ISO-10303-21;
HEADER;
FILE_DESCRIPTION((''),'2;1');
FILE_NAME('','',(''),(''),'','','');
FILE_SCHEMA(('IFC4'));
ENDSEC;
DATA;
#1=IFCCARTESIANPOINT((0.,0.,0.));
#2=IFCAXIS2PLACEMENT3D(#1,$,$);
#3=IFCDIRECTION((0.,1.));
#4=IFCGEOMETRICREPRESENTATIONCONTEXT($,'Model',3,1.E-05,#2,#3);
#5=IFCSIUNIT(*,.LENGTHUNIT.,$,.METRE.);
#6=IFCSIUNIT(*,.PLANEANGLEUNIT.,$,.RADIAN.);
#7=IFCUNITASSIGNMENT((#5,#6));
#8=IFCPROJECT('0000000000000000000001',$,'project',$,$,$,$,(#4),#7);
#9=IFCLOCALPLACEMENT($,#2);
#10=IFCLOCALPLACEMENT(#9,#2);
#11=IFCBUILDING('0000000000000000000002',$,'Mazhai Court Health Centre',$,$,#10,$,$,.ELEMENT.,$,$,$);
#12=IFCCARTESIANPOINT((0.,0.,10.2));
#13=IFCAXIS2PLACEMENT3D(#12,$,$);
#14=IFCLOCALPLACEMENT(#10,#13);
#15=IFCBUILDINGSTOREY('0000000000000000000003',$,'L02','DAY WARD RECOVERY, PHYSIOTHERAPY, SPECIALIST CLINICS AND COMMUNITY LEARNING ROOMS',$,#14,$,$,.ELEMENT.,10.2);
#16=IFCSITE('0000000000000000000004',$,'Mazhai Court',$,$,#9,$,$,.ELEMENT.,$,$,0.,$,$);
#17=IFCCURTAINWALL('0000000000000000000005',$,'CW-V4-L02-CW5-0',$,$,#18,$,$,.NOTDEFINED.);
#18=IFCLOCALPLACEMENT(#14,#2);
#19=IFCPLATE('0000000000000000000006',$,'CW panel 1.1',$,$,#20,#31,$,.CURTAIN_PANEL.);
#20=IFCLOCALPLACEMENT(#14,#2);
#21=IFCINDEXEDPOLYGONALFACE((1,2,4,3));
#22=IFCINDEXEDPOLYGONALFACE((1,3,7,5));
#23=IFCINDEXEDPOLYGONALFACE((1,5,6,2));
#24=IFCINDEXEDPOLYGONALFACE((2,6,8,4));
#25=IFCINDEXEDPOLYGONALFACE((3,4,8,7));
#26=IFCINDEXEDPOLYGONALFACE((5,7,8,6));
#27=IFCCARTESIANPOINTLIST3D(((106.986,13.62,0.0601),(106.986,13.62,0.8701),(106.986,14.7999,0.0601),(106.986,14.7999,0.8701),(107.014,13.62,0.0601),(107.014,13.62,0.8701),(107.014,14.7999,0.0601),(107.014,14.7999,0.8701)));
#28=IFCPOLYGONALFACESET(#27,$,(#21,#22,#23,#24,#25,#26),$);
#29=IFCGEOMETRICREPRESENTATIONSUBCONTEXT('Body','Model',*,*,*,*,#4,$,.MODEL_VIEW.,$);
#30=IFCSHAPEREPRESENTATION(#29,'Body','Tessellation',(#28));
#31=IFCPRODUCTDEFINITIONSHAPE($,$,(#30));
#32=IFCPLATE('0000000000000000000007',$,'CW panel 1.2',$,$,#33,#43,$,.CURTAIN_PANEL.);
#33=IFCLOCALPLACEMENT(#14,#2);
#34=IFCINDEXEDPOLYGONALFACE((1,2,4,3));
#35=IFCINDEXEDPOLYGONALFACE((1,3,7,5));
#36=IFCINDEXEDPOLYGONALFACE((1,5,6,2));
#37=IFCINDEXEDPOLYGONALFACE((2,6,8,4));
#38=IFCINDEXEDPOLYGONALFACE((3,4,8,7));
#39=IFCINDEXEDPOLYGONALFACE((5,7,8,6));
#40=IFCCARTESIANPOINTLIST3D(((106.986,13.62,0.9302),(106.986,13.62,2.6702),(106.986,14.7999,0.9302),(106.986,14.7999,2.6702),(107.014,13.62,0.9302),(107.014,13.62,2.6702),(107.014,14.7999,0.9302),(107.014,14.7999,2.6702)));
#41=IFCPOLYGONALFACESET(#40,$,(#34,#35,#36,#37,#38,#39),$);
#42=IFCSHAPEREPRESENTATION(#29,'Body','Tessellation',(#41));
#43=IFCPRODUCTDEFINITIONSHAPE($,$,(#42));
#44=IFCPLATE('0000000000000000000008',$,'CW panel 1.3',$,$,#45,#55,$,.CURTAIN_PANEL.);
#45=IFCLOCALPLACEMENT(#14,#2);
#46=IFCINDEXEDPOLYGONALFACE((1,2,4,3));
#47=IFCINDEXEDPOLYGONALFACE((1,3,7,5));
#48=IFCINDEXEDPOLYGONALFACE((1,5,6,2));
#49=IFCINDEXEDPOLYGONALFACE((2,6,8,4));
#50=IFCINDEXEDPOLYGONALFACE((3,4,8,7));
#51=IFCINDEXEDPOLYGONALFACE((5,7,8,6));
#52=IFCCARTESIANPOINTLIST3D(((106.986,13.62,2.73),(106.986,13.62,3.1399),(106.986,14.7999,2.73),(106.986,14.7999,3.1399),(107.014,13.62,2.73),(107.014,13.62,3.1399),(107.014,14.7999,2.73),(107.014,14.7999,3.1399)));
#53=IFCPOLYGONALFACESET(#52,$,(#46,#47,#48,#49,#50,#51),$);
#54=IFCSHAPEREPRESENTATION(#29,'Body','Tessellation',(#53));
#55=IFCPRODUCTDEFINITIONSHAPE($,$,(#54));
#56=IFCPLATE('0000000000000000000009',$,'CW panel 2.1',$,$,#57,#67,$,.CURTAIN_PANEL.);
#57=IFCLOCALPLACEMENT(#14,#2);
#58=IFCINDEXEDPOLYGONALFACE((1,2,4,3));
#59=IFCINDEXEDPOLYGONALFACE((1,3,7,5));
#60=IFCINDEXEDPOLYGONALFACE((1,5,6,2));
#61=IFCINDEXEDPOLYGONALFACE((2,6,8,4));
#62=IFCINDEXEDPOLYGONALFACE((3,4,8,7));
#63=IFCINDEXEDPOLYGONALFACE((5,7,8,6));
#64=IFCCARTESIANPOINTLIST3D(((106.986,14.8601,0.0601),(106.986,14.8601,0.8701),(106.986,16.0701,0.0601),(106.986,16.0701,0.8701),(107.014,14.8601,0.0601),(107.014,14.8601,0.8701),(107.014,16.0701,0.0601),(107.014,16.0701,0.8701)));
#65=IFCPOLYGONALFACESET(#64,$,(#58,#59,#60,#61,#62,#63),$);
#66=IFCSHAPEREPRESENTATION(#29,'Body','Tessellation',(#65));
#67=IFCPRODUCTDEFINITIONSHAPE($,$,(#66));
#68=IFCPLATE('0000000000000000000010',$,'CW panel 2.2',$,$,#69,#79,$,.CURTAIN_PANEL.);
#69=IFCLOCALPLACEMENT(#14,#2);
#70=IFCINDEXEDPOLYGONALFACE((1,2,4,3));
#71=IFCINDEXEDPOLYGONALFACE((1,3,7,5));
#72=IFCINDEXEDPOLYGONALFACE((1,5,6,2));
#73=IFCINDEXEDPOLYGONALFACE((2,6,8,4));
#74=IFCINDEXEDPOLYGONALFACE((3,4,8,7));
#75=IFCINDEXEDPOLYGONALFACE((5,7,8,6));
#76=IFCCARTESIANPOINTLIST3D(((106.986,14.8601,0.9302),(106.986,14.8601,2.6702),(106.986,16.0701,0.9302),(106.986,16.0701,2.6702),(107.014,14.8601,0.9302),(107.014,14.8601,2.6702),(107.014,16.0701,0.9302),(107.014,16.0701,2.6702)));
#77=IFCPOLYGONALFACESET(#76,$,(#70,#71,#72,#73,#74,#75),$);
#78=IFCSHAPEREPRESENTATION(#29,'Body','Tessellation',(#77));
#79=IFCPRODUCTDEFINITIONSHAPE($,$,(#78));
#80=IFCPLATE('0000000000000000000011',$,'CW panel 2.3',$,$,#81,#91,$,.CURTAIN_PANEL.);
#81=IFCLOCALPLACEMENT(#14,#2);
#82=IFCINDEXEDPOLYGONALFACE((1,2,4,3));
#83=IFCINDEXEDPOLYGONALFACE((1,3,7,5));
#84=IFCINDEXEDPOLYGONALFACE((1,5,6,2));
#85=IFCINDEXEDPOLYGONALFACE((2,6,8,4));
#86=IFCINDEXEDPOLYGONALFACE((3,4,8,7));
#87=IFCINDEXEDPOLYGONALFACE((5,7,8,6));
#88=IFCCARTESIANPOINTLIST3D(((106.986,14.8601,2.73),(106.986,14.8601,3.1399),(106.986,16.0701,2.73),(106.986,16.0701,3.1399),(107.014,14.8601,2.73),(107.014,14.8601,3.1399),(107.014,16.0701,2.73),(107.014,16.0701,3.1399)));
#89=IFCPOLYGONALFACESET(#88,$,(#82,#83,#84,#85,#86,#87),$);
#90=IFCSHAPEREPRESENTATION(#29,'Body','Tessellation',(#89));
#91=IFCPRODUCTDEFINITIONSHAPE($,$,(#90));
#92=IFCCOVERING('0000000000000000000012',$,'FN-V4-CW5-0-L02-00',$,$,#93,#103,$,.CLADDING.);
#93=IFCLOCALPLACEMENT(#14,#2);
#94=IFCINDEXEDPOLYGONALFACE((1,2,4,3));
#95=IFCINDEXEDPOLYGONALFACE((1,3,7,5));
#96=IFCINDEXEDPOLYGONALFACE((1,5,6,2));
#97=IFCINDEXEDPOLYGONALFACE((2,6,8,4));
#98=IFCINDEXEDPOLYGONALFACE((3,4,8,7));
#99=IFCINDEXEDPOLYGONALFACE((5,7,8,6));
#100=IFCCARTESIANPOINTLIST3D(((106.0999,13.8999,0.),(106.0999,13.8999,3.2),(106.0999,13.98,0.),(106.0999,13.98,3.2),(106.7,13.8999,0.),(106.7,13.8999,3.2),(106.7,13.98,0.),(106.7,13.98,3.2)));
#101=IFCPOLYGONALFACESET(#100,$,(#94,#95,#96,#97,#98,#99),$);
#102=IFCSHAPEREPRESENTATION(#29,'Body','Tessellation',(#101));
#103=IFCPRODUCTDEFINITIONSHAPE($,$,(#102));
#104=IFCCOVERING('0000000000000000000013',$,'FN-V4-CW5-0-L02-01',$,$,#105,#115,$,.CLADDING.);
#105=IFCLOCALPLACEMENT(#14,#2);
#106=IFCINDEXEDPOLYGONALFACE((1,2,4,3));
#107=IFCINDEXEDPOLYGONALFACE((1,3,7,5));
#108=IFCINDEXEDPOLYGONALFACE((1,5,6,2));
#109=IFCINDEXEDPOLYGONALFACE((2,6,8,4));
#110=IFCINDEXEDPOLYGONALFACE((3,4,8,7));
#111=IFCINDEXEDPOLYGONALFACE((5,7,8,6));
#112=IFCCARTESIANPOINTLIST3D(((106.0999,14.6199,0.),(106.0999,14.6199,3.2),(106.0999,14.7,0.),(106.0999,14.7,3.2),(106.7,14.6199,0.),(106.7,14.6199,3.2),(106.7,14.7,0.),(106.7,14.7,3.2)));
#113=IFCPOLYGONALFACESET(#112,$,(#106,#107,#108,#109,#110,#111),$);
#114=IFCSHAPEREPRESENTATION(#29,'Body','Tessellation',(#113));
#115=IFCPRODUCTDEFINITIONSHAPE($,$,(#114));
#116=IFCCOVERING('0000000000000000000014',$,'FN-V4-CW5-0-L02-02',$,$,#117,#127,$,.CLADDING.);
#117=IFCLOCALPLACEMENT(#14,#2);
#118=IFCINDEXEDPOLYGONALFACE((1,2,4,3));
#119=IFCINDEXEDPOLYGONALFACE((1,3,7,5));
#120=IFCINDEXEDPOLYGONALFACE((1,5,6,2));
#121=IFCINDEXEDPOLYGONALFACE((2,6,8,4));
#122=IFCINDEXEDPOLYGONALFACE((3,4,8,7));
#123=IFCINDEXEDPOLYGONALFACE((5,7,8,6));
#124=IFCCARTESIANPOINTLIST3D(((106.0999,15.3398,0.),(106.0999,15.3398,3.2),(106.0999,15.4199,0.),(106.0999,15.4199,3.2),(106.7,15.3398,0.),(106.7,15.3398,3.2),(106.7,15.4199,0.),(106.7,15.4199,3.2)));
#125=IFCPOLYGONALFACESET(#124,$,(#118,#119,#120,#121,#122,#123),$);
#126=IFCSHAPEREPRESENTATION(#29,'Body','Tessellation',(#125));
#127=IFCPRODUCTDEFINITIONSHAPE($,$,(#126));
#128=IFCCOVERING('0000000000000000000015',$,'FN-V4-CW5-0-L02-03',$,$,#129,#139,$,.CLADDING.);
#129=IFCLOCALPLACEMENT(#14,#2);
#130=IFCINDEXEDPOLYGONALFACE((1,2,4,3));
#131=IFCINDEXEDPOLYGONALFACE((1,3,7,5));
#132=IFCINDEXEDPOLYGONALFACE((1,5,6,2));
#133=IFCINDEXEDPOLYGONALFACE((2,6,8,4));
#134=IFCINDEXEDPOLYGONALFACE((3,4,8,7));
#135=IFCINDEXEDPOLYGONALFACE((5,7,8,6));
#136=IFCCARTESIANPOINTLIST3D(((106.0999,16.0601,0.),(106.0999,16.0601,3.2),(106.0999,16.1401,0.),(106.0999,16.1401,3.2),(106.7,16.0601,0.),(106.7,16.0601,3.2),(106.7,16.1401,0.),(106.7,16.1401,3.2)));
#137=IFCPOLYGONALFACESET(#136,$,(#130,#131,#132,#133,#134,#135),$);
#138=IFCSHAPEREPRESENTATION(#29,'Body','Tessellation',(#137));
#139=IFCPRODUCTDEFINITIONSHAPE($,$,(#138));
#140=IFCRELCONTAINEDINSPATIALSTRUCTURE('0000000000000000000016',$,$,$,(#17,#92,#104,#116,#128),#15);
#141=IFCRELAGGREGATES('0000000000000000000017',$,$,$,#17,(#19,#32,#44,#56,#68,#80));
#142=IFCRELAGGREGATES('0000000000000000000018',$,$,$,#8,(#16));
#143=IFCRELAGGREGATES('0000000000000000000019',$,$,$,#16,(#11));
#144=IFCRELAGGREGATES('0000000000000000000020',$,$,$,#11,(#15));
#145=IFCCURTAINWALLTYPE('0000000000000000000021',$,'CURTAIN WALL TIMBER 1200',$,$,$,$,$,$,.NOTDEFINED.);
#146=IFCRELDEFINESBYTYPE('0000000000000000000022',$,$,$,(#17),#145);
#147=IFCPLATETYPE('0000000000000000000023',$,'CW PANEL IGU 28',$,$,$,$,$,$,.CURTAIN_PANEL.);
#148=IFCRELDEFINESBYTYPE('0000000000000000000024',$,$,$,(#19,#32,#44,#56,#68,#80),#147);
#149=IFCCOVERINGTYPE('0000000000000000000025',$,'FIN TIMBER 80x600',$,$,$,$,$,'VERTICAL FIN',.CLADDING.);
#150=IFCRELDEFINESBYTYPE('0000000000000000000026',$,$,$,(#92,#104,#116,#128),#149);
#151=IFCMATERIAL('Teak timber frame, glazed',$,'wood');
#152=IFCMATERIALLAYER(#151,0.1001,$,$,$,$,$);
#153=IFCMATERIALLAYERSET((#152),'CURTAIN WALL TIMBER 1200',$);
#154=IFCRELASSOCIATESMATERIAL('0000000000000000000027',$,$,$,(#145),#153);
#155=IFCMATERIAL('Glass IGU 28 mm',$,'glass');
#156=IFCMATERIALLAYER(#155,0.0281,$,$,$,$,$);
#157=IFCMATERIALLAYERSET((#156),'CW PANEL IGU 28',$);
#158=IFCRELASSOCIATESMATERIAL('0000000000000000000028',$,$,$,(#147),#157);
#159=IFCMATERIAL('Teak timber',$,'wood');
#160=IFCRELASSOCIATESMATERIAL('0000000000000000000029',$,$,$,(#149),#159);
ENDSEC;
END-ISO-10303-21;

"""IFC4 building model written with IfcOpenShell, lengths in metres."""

from ifc_helpers import new_model, si_unit, direction, frame, origin, origin_2d, place, context, subcontext, project, spatial, rectangle, extrude, material, layer, layer_set, type_object, element, aggregate, save


model = new_model("IFC4")

# Units and contexts
model_context = context("Model", 3, precision=1e-05, world=origin(), true_north=direction((0.0, 1.0)))
body_context = subcontext(model_context, "Body", "Model", "MODEL_VIEW")
ifc_project = project(units=[si_unit("LENGTHUNIT", "METRE"), si_unit("PLANEANGLEUNIT", "RADIAN")], contexts=[model_context])

# Site, building, storey
site_placement = place(None, origin())
site = spatial("IfcSite", under=ifc_project, at=site_placement, Name="Mazhai Court", CompositionType="ELEMENT", RefElevation=0.0)
building_placement = place(site_placement, origin())
building = spatial("IfcBuilding", under=site, at=building_placement, Name="Mazhai Court Health Centre", CompositionType="ELEMENT")
storey_placement = place(building_placement, frame((0.0, 0.0, 10.2)))
storey = spatial("IfcBuildingStorey", under=building, at=storey_placement, Name="L02", Description="DAY WARD RECOVERY, PHYSIOTHERAPY, SPECIALIST CLINICS AND COMMUNITY LEARNING ROOMS", CompositionType="ELEMENT", Elevation=10.2)

# Curtain wall, plates
ifc_material_1 = material(Name="Teak timber frame, glazed", Category="wood")
ifc_layer_1 = layer(ifc_material_1, 0.1001)
ifc_layer_set_1 = layer_set([ifc_layer_1], Name="CURTAIN WALL TIMBER 1200")
curtain_wall_type = type_object("IfcCurtainWallType", Name="CURTAIN WALL TIMBER 1200", PredefinedType="NOTDEFINED", material=ifc_layer_set_1)
curtain_wall_placement = place(storey_placement, origin())
curtain_wall = element("IfcCurtainWall", 1, at=curtain_wall_placement, inside=storey, type_object=curtain_wall_type, Name="CW-V4-L02-CW5-0", PredefinedType="NOTDEFINED")
ifc_material_2 = material(Name="Glass IGU 28 mm", Category="glass")
ifc_layer_2 = layer(ifc_material_2, 0.0281)
ifc_layer_set_2 = layer_set([ifc_layer_2], Name="CW PANEL IGU 28")
plate_type = type_object("IfcPlateType", Name="CW PANEL IGU 28", PredefinedType="CURTAIN_PANEL", material=ifc_layer_set_2)
plate_1_placement = place(storey_placement, frame((107.0, 14.21, 0.0601), z_axis=(0.0, 0.0, 1.0), x_axis=(0.0, 1.0, 0.0)))
plate_1 = element("IfcPlate", 2, at=plate_1_placement, type_object=plate_type, Name="CW panel 1.1", PredefinedType="CURTAIN_PANEL", context=body_context, shape_type="SweptSolid", body=[
    extrude(rectangle(XDim=1.1799, YDim=0.0281, at=origin_2d()), origin(), (0.0, 0.0, 1.0), 0.8101),
])
plate_2_placement = place(storey_placement, frame((107.0, 14.21, 0.9302), z_axis=(0.0, 0.0, 1.0), x_axis=(0.0, 1.0, 0.0)))
plate_2 = element("IfcPlate", 3, at=plate_2_placement, type_object=plate_type, Name="CW panel 1.2", PredefinedType="CURTAIN_PANEL", context=body_context, shape_type="SweptSolid", body=[
    extrude(rectangle(XDim=1.1799, YDim=0.0281, at=origin_2d()), origin(), (0.0, 0.0, 1.0), 1.74),
])
plate_3_placement = place(storey_placement, frame((107.0, 14.21, 2.73), z_axis=(0.0, 0.0, 1.0), x_axis=(0.0, 1.0, 0.0)))
plate_3 = element("IfcPlate", 4, at=plate_3_placement, type_object=plate_type, Name="CW panel 1.3", PredefinedType="CURTAIN_PANEL", context=body_context, shape_type="SweptSolid", body=[
    extrude(rectangle(XDim=1.1799, YDim=0.0281, at=origin_2d()), origin(), (0.0, 0.0, 1.0), 0.4099),
])
plate_4_placement = place(storey_placement, frame((107.0, 15.4651, 0.0601), z_axis=(0.0, 0.0, 1.0), x_axis=(0.0, 1.0, 0.0)))
plate_4 = element("IfcPlate", 5, at=plate_4_placement, type_object=plate_type, Name="CW panel 2.1", PredefinedType="CURTAIN_PANEL", context=body_context, shape_type="SweptSolid", body=[
    extrude(rectangle(XDim=1.21, YDim=0.0281, at=origin_2d()), origin(), (0.0, 0.0, 1.0), 0.8101),
])
plate_5_placement = place(storey_placement, frame((107.0, 15.4651, 0.9302), z_axis=(0.0, 0.0, 1.0), x_axis=(0.0, 1.0, 0.0)))
plate_5 = element("IfcPlate", 6, at=plate_5_placement, type_object=plate_type, Name="CW panel 2.2", PredefinedType="CURTAIN_PANEL", context=body_context, shape_type="SweptSolid", body=[
    extrude(rectangle(XDim=1.21, YDim=0.0281, at=origin_2d()), origin(), (0.0, 0.0, 1.0), 1.74),
])
plate_6_placement = place(storey_placement, frame((107.0, 15.4651, 2.73), z_axis=(0.0, 0.0, 1.0), x_axis=(0.0, 1.0, 0.0)))
plate_6 = element("IfcPlate", 7, at=plate_6_placement, type_object=plate_type, Name="CW panel 2.3", PredefinedType="CURTAIN_PANEL", context=body_context, shape_type="SweptSolid", body=[
    extrude(rectangle(XDim=1.21, YDim=0.0281, at=origin_2d()), origin(), (0.0, 0.0, 1.0), 0.4099),
])
aggregate(curtain_wall, [plate_1, plate_2, plate_3, plate_4, plate_5, plate_6])

# Coverings
ifc_material_3 = material(Name="Teak timber", Category="wood")
covering_type = type_object("IfcCoveringType", Name="FIN TIMBER 80x600", ElementType="VERTICAL FIN", PredefinedType="CLADDING", material=ifc_material_3)
for number, where, z_axis, x_axis, name in (
    (8, (106.3999, 13.9399, 0.0), (0.0, 0.0, 1.0), (0.0, 1.0, 0.0), "FN-V4-CW5-0-L02-00"),
    (9, (106.3999, 14.6599, 0.0), (0.0, 0.0, 1.0), (0.0, 1.0, 0.0), "FN-V4-CW5-0-L02-01"),
    (10, (106.3999, 15.3799, 0.0), (0.0, 0.0, 1.0), (0.0, 1.0, 0.0), "FN-V4-CW5-0-L02-02"),
    (11, (106.3999, 16.1001, 0.0), (0.0, 0.0, 1.0), (0.0, 1.0, 0.0), "FN-V4-CW5-0-L02-03"),
):
    element("IfcCovering", number, at=place(storey_placement, frame(where, z_axis=z_axis, x_axis=x_axis)), inside=storey, type_object=covering_type, Name=name, PredefinedType="CLADDING", context=body_context, shape_type="SweptSolid", body=[
        extrude(rectangle(XDim=0.0801, YDim=0.6001, at=origin_2d()), origin(), (0.0, 0.0, 1.0), 3.2),
    ])

save(model, "model.ifc")
